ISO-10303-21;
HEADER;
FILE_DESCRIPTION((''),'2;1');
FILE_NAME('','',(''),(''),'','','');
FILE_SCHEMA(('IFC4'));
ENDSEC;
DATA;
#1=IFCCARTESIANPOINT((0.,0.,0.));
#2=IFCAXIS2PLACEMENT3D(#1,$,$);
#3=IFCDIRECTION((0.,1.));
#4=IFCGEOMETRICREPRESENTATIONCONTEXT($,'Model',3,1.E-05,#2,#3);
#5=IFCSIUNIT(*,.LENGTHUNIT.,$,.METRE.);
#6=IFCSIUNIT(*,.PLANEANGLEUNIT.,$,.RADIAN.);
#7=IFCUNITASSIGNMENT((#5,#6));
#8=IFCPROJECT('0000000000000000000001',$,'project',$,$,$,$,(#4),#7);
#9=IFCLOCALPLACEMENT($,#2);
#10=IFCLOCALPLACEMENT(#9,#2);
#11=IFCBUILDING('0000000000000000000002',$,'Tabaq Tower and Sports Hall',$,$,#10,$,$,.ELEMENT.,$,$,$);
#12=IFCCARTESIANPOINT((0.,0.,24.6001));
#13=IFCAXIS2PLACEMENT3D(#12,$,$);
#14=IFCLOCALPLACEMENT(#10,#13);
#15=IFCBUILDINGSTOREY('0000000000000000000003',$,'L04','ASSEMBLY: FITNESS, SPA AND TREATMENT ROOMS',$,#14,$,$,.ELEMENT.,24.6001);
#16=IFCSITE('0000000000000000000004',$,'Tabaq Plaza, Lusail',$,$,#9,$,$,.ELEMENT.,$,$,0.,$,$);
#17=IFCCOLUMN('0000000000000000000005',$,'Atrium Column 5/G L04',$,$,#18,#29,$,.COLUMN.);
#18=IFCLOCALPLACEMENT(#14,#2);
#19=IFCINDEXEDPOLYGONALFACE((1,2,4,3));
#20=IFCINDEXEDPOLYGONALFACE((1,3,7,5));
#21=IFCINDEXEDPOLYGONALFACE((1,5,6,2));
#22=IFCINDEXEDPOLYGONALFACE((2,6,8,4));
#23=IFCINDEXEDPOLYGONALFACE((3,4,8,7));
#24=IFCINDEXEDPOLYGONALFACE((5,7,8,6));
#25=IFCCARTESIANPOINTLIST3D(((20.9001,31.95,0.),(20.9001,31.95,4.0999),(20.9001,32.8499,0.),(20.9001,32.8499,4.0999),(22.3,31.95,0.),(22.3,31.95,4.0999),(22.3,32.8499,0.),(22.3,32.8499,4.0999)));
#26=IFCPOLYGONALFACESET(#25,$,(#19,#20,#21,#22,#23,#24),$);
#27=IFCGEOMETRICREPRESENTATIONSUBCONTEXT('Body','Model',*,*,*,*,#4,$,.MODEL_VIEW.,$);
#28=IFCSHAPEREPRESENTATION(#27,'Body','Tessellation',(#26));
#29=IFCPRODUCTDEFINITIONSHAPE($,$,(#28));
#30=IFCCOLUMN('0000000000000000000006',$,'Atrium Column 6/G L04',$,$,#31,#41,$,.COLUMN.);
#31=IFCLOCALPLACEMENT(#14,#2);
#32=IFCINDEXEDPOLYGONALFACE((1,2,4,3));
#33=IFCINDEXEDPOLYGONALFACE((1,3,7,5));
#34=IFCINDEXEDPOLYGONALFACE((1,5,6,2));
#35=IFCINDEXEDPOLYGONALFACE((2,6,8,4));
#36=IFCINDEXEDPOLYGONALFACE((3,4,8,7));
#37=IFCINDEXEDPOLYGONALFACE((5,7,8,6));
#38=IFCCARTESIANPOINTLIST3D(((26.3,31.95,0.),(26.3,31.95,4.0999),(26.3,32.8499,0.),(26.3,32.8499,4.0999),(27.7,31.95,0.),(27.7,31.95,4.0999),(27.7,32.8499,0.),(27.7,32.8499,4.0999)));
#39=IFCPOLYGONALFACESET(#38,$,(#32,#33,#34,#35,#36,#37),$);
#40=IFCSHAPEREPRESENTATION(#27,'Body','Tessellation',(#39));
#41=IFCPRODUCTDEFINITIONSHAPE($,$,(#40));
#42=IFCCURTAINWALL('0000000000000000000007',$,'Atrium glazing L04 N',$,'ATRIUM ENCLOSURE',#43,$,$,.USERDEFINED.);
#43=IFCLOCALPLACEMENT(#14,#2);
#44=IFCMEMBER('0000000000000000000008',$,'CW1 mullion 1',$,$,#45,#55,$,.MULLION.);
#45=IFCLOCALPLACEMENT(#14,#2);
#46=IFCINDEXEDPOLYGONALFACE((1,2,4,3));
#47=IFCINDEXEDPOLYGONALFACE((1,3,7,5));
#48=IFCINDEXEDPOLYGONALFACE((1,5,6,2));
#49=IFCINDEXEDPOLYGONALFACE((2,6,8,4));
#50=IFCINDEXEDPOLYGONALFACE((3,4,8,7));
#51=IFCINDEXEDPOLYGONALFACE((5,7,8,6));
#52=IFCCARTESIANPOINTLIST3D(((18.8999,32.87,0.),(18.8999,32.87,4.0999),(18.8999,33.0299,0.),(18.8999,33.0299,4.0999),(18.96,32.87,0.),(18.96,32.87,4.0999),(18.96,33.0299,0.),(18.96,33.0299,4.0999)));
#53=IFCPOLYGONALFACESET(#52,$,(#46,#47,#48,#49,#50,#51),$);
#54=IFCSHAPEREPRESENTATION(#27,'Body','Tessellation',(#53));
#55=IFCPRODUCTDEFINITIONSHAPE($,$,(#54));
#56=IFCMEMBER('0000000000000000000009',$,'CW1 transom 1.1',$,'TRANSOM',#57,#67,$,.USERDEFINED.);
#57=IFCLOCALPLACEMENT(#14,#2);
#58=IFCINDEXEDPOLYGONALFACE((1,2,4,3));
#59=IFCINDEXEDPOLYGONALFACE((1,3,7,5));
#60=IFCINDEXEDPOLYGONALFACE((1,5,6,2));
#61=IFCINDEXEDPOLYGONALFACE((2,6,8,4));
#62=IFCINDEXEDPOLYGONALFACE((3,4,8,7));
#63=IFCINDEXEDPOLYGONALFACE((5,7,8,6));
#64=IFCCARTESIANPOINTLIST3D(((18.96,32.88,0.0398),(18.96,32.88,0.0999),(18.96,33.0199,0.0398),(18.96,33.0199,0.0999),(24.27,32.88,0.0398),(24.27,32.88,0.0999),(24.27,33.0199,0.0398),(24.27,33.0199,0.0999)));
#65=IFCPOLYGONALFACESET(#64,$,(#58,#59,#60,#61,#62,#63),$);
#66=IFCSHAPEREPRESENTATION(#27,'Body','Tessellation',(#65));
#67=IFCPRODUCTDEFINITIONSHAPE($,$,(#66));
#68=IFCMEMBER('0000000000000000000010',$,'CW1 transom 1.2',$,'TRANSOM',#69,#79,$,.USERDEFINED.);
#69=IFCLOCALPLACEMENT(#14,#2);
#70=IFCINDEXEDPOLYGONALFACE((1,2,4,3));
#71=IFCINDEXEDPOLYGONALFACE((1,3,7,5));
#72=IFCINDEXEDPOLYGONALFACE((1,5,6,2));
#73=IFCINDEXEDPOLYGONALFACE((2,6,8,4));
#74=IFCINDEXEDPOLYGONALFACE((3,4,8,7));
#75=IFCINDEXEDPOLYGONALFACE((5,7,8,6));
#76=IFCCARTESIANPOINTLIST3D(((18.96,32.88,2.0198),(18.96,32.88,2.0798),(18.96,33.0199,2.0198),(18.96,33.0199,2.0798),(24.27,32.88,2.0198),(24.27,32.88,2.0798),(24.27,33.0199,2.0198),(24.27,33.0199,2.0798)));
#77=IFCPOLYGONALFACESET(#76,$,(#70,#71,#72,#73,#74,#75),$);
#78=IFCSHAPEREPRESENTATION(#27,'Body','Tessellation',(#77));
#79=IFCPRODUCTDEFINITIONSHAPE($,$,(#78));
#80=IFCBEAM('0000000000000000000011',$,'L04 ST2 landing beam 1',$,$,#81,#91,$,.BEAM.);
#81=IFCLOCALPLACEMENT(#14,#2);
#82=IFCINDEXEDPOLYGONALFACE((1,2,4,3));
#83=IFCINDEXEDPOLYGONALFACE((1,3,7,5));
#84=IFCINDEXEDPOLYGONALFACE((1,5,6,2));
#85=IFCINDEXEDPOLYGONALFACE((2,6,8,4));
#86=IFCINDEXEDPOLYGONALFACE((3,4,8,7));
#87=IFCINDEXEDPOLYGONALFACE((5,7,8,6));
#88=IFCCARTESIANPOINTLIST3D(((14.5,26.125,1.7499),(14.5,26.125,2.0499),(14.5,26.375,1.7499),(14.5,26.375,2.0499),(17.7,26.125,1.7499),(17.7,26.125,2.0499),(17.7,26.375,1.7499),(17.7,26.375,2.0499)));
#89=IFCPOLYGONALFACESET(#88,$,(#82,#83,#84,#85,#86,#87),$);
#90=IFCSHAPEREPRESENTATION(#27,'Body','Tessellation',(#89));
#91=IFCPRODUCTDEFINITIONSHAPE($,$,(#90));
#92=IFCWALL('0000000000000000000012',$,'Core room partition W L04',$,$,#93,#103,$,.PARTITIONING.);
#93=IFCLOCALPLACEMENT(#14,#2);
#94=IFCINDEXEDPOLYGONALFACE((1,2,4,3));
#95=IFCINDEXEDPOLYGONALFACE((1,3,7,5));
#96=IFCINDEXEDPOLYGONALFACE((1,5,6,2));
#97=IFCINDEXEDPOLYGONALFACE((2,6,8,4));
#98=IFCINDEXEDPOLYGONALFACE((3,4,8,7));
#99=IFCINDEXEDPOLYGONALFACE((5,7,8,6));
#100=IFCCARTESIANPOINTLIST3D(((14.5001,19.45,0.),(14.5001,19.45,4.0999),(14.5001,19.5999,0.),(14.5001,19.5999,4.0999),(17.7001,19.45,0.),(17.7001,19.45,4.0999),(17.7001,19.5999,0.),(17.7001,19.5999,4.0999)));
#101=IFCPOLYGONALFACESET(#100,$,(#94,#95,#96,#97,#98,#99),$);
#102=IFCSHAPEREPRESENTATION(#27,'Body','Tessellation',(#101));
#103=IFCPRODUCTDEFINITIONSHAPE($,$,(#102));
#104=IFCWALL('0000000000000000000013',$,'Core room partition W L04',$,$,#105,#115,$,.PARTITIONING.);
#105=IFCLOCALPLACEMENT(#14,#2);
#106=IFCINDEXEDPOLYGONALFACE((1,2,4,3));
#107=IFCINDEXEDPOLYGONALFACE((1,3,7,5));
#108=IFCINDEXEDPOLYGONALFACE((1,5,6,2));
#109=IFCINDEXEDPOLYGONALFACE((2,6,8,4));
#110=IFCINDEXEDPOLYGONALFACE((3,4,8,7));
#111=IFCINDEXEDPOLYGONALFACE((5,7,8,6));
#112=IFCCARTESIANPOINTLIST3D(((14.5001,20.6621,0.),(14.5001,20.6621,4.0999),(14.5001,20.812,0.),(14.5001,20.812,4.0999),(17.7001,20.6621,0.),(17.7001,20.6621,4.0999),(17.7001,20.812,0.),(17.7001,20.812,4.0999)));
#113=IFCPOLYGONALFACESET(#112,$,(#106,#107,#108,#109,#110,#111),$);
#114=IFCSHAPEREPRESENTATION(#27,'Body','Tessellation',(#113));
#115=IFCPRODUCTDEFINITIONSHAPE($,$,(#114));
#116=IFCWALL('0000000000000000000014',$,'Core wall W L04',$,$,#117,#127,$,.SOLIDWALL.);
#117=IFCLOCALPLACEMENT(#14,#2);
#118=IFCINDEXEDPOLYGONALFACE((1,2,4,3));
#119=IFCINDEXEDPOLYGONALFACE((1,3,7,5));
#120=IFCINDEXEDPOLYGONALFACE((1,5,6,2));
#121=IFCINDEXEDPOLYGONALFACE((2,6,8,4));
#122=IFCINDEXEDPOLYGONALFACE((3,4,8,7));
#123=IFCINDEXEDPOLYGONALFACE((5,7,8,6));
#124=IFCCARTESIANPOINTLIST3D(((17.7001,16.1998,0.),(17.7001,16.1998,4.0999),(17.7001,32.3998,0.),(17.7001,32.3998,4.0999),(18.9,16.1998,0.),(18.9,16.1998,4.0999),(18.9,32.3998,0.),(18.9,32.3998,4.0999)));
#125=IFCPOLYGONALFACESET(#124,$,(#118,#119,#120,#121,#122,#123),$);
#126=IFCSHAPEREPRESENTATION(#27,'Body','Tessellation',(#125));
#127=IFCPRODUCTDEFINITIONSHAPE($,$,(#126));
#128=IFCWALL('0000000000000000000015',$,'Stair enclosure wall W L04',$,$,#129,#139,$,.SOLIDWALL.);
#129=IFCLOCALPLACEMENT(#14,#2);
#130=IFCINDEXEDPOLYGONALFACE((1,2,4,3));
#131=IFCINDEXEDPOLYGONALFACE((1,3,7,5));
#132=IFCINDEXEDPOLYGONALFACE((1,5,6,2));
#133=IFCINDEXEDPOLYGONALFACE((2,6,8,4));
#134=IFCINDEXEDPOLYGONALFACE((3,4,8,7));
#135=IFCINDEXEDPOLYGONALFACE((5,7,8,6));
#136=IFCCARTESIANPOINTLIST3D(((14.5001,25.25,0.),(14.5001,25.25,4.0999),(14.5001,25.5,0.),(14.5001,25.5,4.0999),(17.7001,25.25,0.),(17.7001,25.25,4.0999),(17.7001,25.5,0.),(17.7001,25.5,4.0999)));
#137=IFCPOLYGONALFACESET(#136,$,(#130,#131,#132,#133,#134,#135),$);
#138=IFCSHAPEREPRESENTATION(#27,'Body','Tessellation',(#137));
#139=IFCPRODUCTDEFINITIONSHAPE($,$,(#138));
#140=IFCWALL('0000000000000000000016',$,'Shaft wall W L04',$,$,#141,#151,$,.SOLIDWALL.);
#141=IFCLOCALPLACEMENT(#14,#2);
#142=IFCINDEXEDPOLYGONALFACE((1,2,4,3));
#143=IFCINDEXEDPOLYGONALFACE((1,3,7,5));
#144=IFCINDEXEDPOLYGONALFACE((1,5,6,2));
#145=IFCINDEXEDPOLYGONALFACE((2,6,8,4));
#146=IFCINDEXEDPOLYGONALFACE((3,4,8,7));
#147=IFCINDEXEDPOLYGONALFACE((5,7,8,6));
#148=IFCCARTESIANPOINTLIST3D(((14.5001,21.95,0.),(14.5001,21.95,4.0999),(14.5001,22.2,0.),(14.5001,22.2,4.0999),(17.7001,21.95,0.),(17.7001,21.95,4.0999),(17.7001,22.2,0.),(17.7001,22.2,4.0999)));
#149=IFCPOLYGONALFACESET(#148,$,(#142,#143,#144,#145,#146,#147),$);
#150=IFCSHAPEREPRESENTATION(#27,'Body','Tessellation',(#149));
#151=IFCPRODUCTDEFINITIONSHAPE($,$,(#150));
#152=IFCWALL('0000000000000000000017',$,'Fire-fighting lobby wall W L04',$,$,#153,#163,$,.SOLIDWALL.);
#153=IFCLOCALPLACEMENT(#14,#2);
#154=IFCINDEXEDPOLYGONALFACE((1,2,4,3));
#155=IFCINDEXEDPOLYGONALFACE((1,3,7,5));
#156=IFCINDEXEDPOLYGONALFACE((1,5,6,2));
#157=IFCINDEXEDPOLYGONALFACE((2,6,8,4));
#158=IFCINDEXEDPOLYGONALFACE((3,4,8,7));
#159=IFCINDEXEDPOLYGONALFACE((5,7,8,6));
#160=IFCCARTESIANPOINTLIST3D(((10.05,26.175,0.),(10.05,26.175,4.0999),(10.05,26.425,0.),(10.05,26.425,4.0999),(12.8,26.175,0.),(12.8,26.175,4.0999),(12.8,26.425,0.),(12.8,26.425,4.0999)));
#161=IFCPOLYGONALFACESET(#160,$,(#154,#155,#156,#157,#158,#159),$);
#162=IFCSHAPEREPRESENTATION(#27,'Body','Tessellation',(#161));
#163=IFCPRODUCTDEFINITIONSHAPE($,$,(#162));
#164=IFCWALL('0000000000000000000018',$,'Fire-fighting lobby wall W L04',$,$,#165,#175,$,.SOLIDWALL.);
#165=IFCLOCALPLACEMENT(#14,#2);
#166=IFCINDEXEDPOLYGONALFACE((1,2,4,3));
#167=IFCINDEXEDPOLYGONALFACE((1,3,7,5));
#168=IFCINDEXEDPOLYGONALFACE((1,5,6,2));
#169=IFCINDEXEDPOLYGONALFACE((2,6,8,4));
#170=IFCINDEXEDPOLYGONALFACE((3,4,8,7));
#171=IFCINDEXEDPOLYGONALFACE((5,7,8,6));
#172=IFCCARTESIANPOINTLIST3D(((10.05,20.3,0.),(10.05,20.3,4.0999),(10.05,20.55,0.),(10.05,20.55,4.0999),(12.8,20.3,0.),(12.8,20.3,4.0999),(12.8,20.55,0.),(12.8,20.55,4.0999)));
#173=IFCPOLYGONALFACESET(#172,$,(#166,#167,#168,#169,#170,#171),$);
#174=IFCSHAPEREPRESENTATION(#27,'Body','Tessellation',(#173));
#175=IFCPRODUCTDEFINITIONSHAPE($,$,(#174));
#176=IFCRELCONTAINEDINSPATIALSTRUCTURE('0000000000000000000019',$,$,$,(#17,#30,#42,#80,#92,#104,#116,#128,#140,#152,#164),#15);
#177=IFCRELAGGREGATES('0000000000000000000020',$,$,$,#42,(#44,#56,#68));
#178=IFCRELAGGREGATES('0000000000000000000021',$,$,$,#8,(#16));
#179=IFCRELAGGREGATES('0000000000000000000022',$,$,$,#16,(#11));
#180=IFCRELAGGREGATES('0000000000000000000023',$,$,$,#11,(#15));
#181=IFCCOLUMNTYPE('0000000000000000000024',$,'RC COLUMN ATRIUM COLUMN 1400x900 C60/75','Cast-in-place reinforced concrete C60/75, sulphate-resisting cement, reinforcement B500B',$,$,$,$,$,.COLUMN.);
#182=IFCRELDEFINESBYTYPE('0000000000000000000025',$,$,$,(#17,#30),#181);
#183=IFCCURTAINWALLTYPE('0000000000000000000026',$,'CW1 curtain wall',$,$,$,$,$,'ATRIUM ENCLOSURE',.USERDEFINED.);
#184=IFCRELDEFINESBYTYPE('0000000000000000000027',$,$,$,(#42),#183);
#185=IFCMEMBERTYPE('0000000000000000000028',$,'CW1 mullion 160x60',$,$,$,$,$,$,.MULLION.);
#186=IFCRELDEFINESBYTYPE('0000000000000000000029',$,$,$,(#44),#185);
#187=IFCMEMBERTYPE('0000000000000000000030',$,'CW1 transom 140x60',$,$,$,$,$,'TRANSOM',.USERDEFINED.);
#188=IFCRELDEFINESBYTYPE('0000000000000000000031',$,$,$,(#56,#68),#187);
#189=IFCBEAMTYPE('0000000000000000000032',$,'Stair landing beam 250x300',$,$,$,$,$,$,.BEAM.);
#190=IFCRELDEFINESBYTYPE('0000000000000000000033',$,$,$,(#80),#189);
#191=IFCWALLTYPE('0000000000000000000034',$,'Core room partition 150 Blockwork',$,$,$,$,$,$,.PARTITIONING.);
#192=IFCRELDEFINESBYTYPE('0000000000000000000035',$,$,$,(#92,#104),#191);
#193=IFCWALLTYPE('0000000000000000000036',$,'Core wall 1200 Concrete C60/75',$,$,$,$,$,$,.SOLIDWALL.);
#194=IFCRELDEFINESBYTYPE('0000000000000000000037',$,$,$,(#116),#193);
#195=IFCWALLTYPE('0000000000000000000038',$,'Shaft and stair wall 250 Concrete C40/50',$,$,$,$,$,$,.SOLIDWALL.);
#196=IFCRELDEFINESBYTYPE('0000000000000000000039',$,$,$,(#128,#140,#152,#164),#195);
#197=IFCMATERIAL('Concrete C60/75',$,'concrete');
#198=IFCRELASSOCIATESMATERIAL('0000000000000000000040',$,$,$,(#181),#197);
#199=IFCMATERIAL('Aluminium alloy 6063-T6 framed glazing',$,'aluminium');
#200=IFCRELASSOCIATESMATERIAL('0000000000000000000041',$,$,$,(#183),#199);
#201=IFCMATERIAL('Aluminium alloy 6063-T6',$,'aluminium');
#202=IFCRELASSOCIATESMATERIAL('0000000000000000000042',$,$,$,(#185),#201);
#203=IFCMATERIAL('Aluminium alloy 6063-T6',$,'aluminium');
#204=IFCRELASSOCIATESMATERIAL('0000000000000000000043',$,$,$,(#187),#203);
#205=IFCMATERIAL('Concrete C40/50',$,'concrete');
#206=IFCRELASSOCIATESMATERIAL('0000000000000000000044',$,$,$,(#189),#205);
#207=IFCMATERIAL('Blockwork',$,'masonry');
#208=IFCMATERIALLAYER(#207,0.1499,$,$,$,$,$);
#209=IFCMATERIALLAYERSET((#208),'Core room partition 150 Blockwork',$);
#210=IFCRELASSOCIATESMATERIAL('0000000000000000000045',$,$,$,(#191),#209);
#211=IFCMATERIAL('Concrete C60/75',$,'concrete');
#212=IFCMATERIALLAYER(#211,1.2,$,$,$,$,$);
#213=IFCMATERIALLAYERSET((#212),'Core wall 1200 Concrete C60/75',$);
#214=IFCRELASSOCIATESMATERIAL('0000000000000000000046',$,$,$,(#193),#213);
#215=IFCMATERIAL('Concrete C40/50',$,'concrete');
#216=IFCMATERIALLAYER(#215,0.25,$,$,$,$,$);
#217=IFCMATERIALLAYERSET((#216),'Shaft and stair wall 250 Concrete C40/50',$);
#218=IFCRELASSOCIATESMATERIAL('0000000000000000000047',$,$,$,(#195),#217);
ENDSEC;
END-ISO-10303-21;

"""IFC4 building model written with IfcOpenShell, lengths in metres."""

from ifc_helpers import new_model, si_unit, direction, frame, frame_2d, origin, origin_2d, place, context, subcontext, project, spatial, rectangle, extrude, material, layer, layer_set, material_profile, profile_set, type_object, element, aggregate, save


model = new_model("IFC4")

# Units and contexts
model_context = context("Model", 3, precision=1e-05, world=origin(), true_north=direction((0.0, 1.0)))
body_context = subcontext(model_context, "Body", "Model", "MODEL_VIEW")
ifc_project = project(units=[si_unit("LENGTHUNIT", "METRE"), si_unit("PLANEANGLEUNIT", "RADIAN")], contexts=[model_context])

# Site, building, storey
site_placement = place(None, origin())
site = spatial("IfcSite", under=ifc_project, at=site_placement, Name="Tabaq Plaza, Lusail", CompositionType="ELEMENT", RefElevation=0.0)
building_placement = place(site_placement, origin())
building = spatial("IfcBuilding", under=site, at=building_placement, Name="Tabaq Tower and Sports Hall", CompositionType="ELEMENT")
storey_placement = place(building_placement, frame((0.0, 0.0, 24.6001)))
storey = spatial("IfcBuildingStorey", under=building, at=storey_placement, Name="L04", Description="ASSEMBLY: FITNESS, SPA AND TREATMENT ROOMS", CompositionType="ELEMENT", Elevation=24.6001)

# Columns
ifc_material_1 = material(Name="Concrete C60/75", Category="concrete")
ifc_material_profile_1 = material_profile(ifc_material_1, rectangle(XDim=1.3999, YDim=0.8999, at=origin_2d()), Name="ATRIUM COLUMN 1400x900")
ifc_profile_set_1 = profile_set([ifc_material_profile_1], Name="Concrete C60/75")
column_type = type_object("IfcColumnType", Name="RC COLUMN ATRIUM COLUMN 1400x900 C60/75", Description="Cast-in-place reinforced concrete C60/75, sulphate-resisting cement, reinforcement B500B", PredefinedType="COLUMN", material=ifc_profile_set_1)
for number, where, z_axis, x_axis, name in (
    (1, (21.6001, 32.3999, 0.0), (0.0, 0.0, 1.0), (1.0, 0.0, 0.0), "Atrium Column 5/G L04"),
    (2, (27.0, 32.3999, 0.0), (0.0, 0.0, 1.0), (1.0, 0.0, 0.0), "Atrium Column 6/G L04"),
):
    element("IfcColumn", number, at=place(storey_placement, frame(where, z_axis=z_axis, x_axis=x_axis)), inside=storey, type_object=column_type, Name=name, PredefinedType="COLUMN", context=body_context, shape_type="SweptSolid", body=[
        extrude(rectangle(XDim=1.3999, YDim=0.8999, at=origin_2d()), origin(), (0.0, 0.0, 1.0), 4.0999),
    ])

# Curtain wall, members
ifc_material_2 = material(Name="Aluminium alloy 6063-T6 framed glazing", Category="aluminium")
curtain_wall_type = type_object("IfcCurtainWallType", Name="CW1 curtain wall", ElementType="ATRIUM ENCLOSURE", PredefinedType="USERDEFINED", material=ifc_material_2)
curtain_wall_placement = place(storey_placement, origin())
curtain_wall = element("IfcCurtainWall", 3, at=curtain_wall_placement, inside=storey, type_object=curtain_wall_type, Name="Atrium glazing L04 N", ObjectType="ATRIUM ENCLOSURE", PredefinedType="USERDEFINED")
ifc_material_3 = material(Name="Aluminium alloy 6063-T6", Category="aluminium")
ifc_material_profile_2 = material_profile(ifc_material_3, rectangle(XDim=0.1599, YDim=0.0601, at=origin_2d()), Name="MULLION 160x60")
ifc_profile_set_2 = profile_set([ifc_material_profile_2], Name="Aluminium alloy 6063-T6")
member_type_1 = type_object("IfcMemberType", Name="CW1 mullion 160x60", PredefinedType="MULLION", material=ifc_profile_set_2)
member_1_placement = place(storey_placement, frame((18.9299, 32.95, 0.0), z_axis=(0.0, 0.0, 1.0), x_axis=(0.0, 1.0, 0.0)))
member_1 = element("IfcMember", 4, at=member_1_placement, type_object=member_type_1, Name="CW1 mullion 1", PredefinedType="MULLION", context=body_context, shape_type="SweptSolid", body=[
    extrude(rectangle(XDim=0.1599, YDim=0.0601, at=origin_2d()), origin(), (0.0, 0.0, 1.0), 4.0999),
])
ifc_material_4 = material(Name="Aluminium alloy 6063-T6", Category="aluminium")
ifc_material_profile_3 = material_profile(ifc_material_4, rectangle(XDim=0.1399, YDim=0.0601, at=origin_2d()), Name="TRANSOM 140x60")
ifc_profile_set_3 = profile_set([ifc_material_profile_3], Name="Aluminium alloy 6063-T6")
member_type_2 = type_object("IfcMemberType", Name="CW1 transom 140x60", ElementType="TRANSOM", PredefinedType="USERDEFINED", material=ifc_profile_set_3)
member_2_placement = place(storey_placement, frame((18.96, 32.95, 0.0698), z_axis=(1.0, 0.0, 0.0), x_axis=(0.0, 1.0, 0.0)))
member_2 = element("IfcMember", 5, at=member_2_placement, type_object=member_type_2, Name="CW1 transom 1.1", ObjectType="TRANSOM", PredefinedType="USERDEFINED", context=body_context, shape_type="SweptSolid", body=[
    extrude(rectangle(XDim=0.1399, YDim=0.0601, at=origin_2d()), origin(), (0.0, 0.0, 1.0), 5.3101),
])
member_3_placement = place(storey_placement, frame((18.96, 32.95, 2.0498), z_axis=(1.0, 0.0, 0.0), x_axis=(0.0, 1.0, 0.0)))
member_3 = element("IfcMember", 6, at=member_3_placement, type_object=member_type_2, Name="CW1 transom 1.2", ObjectType="TRANSOM", PredefinedType="USERDEFINED", context=body_context, shape_type="SweptSolid", body=[
    extrude(rectangle(XDim=0.1399, YDim=0.0601, at=origin_2d()), origin(), (0.0, 0.0, 1.0), 5.3101),
])
aggregate(curtain_wall, [member_1, member_2, member_3])

# Beam
ifc_material_5 = material(Name="Concrete C40/50", Category="concrete")
ifc_material_profile_4 = material_profile(ifc_material_5, rectangle(XDim=0.25, YDim=0.3, at=origin_2d()), Name="RC 250x300")
ifc_profile_set_4 = profile_set([ifc_material_profile_4], Name="Concrete C40/50")
beam_type = type_object("IfcBeamType", Name="Stair landing beam 250x300", PredefinedType="BEAM", material=ifc_profile_set_4)
beam_placement = place(storey_placement, frame((14.5, 26.25, 1.8999), z_axis=(1.0, 0.0, 0.0), x_axis=(0.0, 1.0, 0.0)))
element("IfcBeam", 7, at=beam_placement, inside=storey, type_object=beam_type, Name="L04 ST2 landing beam 1", PredefinedType="BEAM", context=body_context, shape_type="SweptSolid", body=[
    extrude(rectangle(XDim=0.25, YDim=0.3, at=origin_2d()), origin(), (0.0, 0.0, 1.0), 3.2),
])

# Walls
ifc_material_6 = material(Name="Blockwork", Category="masonry")
ifc_layer_1 = layer(ifc_material_6, 0.1499)
ifc_layer_set_1 = layer_set([ifc_layer_1], Name="Core room partition 150 Blockwork")
wall_type_1 = type_object("IfcWallType", Name="Core room partition 150 Blockwork", PredefinedType="PARTITIONING", material=ifc_layer_set_1)
for number, where, z_axis, x_axis, name in (
    (8, (14.5, 19.5249, 0.0), (0.0, 0.0, 1.0), (1.0, 0.0, 0.0), "Core room partition W L04"),
    (9, (14.5, 20.7371, 0.0), (0.0, 0.0, 1.0), (1.0, 0.0, 0.0), "Core room partition W L04"),
):
    element("IfcWall", number, at=place(storey_placement, frame(where, z_axis=z_axis, x_axis=x_axis)), inside=storey, type_object=wall_type_1, Name=name, PredefinedType="PARTITIONING", context=body_context, shape_type="SweptSolid", body=[
        extrude(rectangle(XDim=3.2, YDim=0.1499, at=frame_2d((1.6001, 0.0))), origin(), (0.0, 0.0, 1.0), 4.0999),
    ])
ifc_material_7 = material(Name="Concrete C60/75", Category="concrete")
ifc_layer_2 = layer(ifc_material_7, 1.2)
ifc_layer_set_2 = layer_set([ifc_layer_2], Name="Core wall 1200 Concrete C60/75")
wall_type_2 = type_object("IfcWallType", Name="Core wall 1200 Concrete C60/75", PredefinedType="SOLIDWALL", material=ifc_layer_set_2)
wall_1_placement = place(storey_placement, frame((18.3, 32.3999, 0.0), z_axis=(0.0, 0.0, 1.0), x_axis=(0.0, -1.0, 0.0)))
element("IfcWall", 10, at=wall_1_placement, inside=storey, type_object=wall_type_2, Name="Core wall W L04", PredefinedType="SOLIDWALL", context=body_context, shape_type="SweptSolid", body=[
    extrude(rectangle(XDim=16.2, YDim=1.2, at=frame_2d((8.1001, 0.0))), origin(), (0.0, 0.0, 1.0), 4.0999),
])
ifc_material_8 = material(Name="Concrete C40/50", Category="concrete")
ifc_layer_3 = layer(ifc_material_8, 0.25)
ifc_layer_set_3 = layer_set([ifc_layer_3], Name="Shaft and stair wall 250 Concrete C40/50")
wall_type_3 = type_object("IfcWallType", Name="Shaft and stair wall 250 Concrete C40/50", PredefinedType="SOLIDWALL", material=ifc_layer_set_3)
for number, where, z_axis, x_axis, name in (
    (11, (14.5, 25.375, 0.0), (0.0, 0.0, 1.0), (1.0, 0.0, 0.0), "Stair enclosure wall W L04"),
    (12, (14.5, 22.075, 0.0), (0.0, 0.0, 1.0), (1.0, 0.0, 0.0), "Shaft wall W L04"),
):
    element("IfcWall", number, at=place(storey_placement, frame(where, z_axis=z_axis, x_axis=x_axis)), inside=storey, type_object=wall_type_3, Name=name, PredefinedType="SOLIDWALL", context=body_context, shape_type="SweptSolid", body=[
        extrude(rectangle(XDim=3.2, YDim=0.25, at=frame_2d((1.6001, 0.0))), origin(), (0.0, 0.0, 1.0), 4.0999),
    ])
for number, where, z_axis, x_axis, name in (
    (13, (10.05, 26.3, 0.0), (0.0, 0.0, 1.0), (1.0, 0.0, 0.0), "Fire-fighting lobby wall W L04"),
    (14, (10.05, 20.425, 0.0), (0.0, 0.0, 1.0), (1.0, 0.0, 0.0), "Fire-fighting lobby wall W L04"),
):
    element("IfcWall", number, at=place(storey_placement, frame(where, z_axis=z_axis, x_axis=x_axis)), inside=storey, type_object=wall_type_3, Name=name, PredefinedType="SOLIDWALL", context=body_context, shape_type="SweptSolid", body=[
        extrude(rectangle(XDim=2.75, YDim=0.25, at=frame_2d((1.375, 0.0))), origin(), (0.0, 0.0, 1.0), 4.0999),
    ])

save(model, "model.ifc")
